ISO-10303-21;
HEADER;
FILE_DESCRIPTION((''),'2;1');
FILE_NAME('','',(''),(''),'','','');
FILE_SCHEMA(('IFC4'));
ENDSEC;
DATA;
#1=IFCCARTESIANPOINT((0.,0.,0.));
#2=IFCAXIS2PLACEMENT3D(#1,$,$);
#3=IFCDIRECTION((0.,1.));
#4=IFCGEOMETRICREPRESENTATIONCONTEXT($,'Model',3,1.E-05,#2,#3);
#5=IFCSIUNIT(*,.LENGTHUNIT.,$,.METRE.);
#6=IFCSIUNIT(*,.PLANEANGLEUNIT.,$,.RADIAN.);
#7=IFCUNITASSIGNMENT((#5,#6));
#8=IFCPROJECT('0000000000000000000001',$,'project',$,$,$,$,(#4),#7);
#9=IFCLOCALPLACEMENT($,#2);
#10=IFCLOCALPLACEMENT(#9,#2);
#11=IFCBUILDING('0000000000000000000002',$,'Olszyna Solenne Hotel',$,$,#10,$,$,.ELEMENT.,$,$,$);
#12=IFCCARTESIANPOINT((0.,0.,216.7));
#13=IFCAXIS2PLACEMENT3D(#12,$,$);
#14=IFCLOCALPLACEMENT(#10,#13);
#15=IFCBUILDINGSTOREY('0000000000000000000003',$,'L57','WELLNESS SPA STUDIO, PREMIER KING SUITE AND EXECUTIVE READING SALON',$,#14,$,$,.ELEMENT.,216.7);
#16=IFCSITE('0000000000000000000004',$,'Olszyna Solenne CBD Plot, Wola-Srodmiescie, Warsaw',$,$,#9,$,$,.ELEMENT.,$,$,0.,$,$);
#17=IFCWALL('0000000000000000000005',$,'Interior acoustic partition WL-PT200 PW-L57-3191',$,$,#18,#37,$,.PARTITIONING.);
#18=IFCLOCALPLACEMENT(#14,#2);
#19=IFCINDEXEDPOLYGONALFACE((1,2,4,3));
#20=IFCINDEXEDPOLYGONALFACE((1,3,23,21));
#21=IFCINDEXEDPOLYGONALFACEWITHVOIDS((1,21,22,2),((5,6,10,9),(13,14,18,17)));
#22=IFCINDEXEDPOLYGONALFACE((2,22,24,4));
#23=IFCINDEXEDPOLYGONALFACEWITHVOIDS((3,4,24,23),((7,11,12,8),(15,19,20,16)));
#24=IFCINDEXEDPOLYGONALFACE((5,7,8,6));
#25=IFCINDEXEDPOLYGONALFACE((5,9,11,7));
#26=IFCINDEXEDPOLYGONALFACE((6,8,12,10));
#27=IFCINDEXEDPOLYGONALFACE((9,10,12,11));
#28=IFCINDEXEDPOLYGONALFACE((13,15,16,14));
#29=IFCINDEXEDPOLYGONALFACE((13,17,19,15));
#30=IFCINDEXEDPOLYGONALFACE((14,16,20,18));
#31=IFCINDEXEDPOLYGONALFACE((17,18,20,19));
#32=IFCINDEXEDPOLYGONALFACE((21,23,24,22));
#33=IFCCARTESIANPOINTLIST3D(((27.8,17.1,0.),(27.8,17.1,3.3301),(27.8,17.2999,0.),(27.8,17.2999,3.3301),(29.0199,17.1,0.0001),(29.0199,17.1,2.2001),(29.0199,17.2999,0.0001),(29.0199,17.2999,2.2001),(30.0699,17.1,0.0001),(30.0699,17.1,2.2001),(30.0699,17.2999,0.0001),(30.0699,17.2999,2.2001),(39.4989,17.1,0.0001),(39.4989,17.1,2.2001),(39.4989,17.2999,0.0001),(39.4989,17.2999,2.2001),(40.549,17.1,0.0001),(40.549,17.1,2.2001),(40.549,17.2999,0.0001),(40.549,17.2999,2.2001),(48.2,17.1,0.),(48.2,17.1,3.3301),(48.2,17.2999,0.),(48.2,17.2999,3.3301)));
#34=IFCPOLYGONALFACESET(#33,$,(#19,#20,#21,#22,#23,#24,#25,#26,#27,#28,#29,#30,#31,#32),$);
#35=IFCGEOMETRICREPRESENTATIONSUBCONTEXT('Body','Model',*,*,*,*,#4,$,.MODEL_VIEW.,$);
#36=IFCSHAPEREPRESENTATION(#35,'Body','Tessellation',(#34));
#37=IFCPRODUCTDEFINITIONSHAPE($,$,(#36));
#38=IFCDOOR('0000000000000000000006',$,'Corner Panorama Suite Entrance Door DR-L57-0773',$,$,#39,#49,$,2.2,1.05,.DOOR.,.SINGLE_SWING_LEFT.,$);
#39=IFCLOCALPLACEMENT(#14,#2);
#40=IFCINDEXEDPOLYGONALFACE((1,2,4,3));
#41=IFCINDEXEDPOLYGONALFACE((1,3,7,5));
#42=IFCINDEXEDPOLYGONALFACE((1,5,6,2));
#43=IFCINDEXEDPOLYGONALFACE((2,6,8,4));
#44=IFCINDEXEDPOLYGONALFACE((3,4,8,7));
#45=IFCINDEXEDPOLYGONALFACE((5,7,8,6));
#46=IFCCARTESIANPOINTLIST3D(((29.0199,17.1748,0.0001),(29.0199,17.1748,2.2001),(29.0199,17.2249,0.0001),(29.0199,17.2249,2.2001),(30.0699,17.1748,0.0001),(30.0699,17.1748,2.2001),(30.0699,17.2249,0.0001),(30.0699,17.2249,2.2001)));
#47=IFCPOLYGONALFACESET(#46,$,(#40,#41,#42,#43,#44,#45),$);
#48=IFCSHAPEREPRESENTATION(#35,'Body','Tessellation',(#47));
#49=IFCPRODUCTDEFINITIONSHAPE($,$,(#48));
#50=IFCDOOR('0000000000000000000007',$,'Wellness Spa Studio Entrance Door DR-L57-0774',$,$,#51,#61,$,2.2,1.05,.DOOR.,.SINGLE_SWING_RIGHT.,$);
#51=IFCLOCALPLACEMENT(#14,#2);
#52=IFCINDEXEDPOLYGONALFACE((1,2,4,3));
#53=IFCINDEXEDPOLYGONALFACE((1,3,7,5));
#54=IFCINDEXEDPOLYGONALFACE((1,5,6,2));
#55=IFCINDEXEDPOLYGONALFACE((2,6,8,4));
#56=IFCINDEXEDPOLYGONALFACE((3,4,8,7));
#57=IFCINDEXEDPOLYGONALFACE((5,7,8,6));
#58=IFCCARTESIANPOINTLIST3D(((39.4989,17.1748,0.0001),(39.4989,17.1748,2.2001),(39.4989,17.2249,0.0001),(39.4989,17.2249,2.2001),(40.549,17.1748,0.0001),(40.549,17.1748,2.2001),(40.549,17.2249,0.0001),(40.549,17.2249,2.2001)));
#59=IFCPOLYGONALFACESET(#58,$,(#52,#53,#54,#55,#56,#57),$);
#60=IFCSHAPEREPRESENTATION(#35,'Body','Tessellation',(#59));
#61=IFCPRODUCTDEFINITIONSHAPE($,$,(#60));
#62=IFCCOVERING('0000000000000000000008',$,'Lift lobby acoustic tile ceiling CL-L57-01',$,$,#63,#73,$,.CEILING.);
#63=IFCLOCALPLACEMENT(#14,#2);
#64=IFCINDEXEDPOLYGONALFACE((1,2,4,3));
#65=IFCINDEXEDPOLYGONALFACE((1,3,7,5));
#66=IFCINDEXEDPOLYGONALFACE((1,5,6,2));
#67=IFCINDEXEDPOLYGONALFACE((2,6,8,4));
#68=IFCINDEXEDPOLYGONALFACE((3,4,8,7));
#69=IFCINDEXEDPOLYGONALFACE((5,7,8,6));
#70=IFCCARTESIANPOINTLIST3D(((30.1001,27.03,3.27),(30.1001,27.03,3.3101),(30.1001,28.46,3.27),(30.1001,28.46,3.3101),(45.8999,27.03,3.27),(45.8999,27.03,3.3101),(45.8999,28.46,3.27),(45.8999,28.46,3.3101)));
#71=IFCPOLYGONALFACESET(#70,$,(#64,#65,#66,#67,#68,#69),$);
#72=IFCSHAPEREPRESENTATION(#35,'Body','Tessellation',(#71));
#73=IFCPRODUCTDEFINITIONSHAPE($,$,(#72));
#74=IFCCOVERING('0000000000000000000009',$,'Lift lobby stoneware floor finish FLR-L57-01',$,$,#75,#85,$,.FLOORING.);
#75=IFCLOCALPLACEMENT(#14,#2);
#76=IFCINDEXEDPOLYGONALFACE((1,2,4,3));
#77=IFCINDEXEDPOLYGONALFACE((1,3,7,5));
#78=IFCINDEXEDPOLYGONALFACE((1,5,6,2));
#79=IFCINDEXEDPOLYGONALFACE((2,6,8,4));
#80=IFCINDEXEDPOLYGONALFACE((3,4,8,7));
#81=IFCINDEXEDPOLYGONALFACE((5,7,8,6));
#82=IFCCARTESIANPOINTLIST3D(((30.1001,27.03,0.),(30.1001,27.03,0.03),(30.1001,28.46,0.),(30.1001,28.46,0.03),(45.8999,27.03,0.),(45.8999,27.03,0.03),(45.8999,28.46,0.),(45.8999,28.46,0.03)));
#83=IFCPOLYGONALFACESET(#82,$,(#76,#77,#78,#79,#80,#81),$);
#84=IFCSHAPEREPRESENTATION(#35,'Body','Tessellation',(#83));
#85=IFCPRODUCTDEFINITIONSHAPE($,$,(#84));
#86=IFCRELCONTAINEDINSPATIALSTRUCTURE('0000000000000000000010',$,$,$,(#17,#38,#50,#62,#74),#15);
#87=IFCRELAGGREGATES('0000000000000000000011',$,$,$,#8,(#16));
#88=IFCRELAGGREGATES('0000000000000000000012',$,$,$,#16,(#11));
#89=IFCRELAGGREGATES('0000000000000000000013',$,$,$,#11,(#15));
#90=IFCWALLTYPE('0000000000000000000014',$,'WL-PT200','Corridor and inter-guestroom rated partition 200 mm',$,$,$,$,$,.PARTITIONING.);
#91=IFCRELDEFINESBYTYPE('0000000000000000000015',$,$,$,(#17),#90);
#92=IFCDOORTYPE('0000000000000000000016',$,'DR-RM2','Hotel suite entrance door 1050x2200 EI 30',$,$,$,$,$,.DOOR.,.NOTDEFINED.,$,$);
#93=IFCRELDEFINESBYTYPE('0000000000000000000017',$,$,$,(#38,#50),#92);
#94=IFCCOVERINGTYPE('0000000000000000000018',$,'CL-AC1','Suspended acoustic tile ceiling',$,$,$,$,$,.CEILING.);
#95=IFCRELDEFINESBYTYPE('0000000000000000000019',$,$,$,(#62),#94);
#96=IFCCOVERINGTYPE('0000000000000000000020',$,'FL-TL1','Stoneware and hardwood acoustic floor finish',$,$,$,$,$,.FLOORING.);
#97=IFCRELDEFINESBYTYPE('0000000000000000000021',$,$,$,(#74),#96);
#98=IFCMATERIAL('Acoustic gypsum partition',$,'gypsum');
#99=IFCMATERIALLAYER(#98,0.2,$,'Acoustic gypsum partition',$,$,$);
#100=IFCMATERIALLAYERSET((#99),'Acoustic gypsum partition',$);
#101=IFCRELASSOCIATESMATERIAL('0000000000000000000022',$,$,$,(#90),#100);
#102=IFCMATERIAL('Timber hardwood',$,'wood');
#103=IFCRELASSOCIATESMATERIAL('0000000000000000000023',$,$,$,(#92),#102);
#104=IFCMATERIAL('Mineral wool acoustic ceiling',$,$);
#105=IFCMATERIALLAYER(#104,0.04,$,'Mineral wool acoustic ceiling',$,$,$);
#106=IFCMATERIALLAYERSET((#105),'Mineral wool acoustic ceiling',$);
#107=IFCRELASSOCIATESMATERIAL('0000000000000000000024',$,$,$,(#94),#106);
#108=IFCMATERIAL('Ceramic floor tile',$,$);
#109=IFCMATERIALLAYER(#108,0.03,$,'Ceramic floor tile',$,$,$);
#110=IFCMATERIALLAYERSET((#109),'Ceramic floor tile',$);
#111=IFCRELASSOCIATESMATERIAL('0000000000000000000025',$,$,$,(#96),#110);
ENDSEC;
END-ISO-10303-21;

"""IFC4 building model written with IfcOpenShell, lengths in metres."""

from ifc_helpers import new_model, si_unit, direction, frame, frame_2d, origin, place, context, subcontext, project, spatial, polyline, rectangle, outline, extrude, source, transform, mapped, material, layer, layer_set, type_object, type_shapes, element, fill, save


model = new_model("IFC4")

# Units and contexts
model_context = context("Model", 3, precision=1e-05, world=origin(), true_north=direction((0.0, 1.0)))
body_context = subcontext(model_context, "Body", "Model", "MODEL_VIEW")
ifc_project = project(units=[si_unit("LENGTHUNIT", "METRE"), si_unit("PLANEANGLEUNIT", "RADIAN")], contexts=[model_context])

# Site, building, storey
site_placement = place(None, origin())
site = spatial("IfcSite", under=ifc_project, at=site_placement, Name="Olszyna Solenne CBD Plot, Wola-Srodmiescie, Warsaw", CompositionType="ELEMENT", RefElevation=0.0)
building_placement = place(site_placement, origin())
building = spatial("IfcBuilding", under=site, at=building_placement, Name="Olszyna Solenne Hotel", CompositionType="ELEMENT")
storey_placement = place(building_placement, frame((0.0, 0.0, 216.7)))
storey = spatial("IfcBuildingStorey", under=building, at=storey_placement, Name="L57", Description="WELLNESS SPA STUDIO, PREMIER KING SUITE AND EXECUTIVE READING SALON", CompositionType="ELEMENT", Elevation=216.7)

# Shared definitions
ifc_material_1 = material(Name="Acoustic gypsum partition", Category="gypsum")
ifc_material_2 = material(Name="Timber hardwood", Category="wood")

# Wall, openings, doors
ifc_layer_1 = layer(ifc_material_1, 0.2, Name="Acoustic gypsum partition")
ifc_layer_set_1 = layer_set([ifc_layer_1], Name="Acoustic gypsum partition")
wall_type_1 = type_object("IfcWallType", Name="WL-PT200", Description="Corridor and inter-guestroom rated partition 200 mm", PredefinedType="PARTITIONING", material=ifc_layer_set_1)
wall_1_placement = place(storey_placement, frame((27.8, 17.2, 0.0), z_axis=(0.0, 0.0, 1.0), x_axis=(1.0, 0.0, 0.0)))
wall_1 = element("IfcWall", 1, at=wall_1_placement, inside=storey, type_object=wall_type_1, Name="Interior acoustic partition WL-PT200 PW-L57-3191", PredefinedType="PARTITIONING", context=body_context, shape_type="SweptSolid", body=[
    extrude(rectangle(XDim=20.3999, YDim=0.2, at=frame_2d((10.2, 0.0))), origin(), (0.0, 0.0, 1.0), 3.3301),
])
opening_1_placement = place(wall_1_placement, frame((1.22, 0.0, 0.0)))
opening_1 = element("IfcOpeningElement", 2, at=opening_1_placement, cuts=wall_1, PredefinedType="OPENING", context=body_context, shape_type="SweptSolid", body=[
    extrude(rectangle(XDim=1.05, YDim=2.2, at=frame_2d((0.5249, 1.1001))), frame((0.0, 0.1099, 0.0), z_axis=(0.0, -1.0, 0.0), x_axis=(1.0, 0.0, 0.0)), (0.0, 0.0, 1.0), 0.22),
])
opening_2_placement = place(wall_1_placement, frame((11.699, 0.0, 0.0)))
opening_2 = element("IfcOpeningElement", 3, at=opening_2_placement, cuts=wall_1, PredefinedType="OPENING", context=body_context, shape_type="SweptSolid", body=[
    extrude(rectangle(XDim=1.05, YDim=2.2, at=frame_2d((0.5249, 1.1001))), frame((0.0, 0.1099, 0.0), z_axis=(0.0, -1.0, 0.0), x_axis=(1.0, 0.0, 0.0)), (0.0, 0.0, 1.0), 0.22),
])
door_type_1 = type_object("IfcDoorType", Name="DR-RM2", Description="Hotel suite entrance door 1050x2200 EI 30", OperationType="NOTDEFINED", PredefinedType="DOOR", material=ifc_material_2)
shared_shape_1 = source(origin(), body_context, "Body", "SweptSolid", [
    extrude(rectangle(XDim=1.05, YDim=2.2, at=frame_2d((0.5249, 1.1001))), frame((0.0, 0.0249, 0.0), z_axis=(0.0, -1.0, 0.0), x_axis=(1.0, 0.0, 0.0)), (0.0, 0.0, 1.0), 0.05),
])
type_shapes(door_type_1, [shared_shape_1])
door_1_placement = place(opening_1_placement, origin())
door_1 = element("IfcDoor", 4, at=door_1_placement, inside=storey, type_object=door_type_1, Name="Corner Panorama Suite Entrance Door DR-L57-0773", OperationType="SINGLE_SWING_LEFT", OverallHeight=2.2, OverallWidth=1.05, PredefinedType="DOOR", context=body_context, shape_type="MappedRepresentation", body=[
    mapped(shared_shape_1, transform((0.0, 0.0, 0.0), x_axis=(1.0, 0.0, 0.0), y_axis=(0.0, 1.0, 0.0), z_axis=(0.0, 0.0, 1.0), scale=1.0)),
])
fill(opening_1, door_1)
door_2_placement = place(opening_2_placement, origin())
door_2 = element("IfcDoor", 5, at=door_2_placement, inside=storey, type_object=door_type_1, Name="Wellness Spa Studio Entrance Door DR-L57-0774", OperationType="SINGLE_SWING_RIGHT", OverallHeight=2.2, OverallWidth=1.05, PredefinedType="DOOR", context=body_context, shape_type="MappedRepresentation", body=[
    mapped(shared_shape_1, transform((0.0, 0.0, 0.0), x_axis=(1.0, 0.0, 0.0), y_axis=(0.0, 1.0, 0.0), z_axis=(0.0, 0.0, 1.0), scale=1.0)),
])
fill(opening_2, door_2)

# Coverings
ifc_material_3 = material(Name="Mineral wool acoustic ceiling")
ifc_layer_2 = layer(ifc_material_3, 0.04, Name="Mineral wool acoustic ceiling")
ifc_layer_set_2 = layer_set([ifc_layer_2], Name="Mineral wool acoustic ceiling")
covering_type_1 = type_object("IfcCoveringType", Name="CL-AC1", Description="Suspended acoustic tile ceiling", PredefinedType="CEILING", material=ifc_layer_set_2)
covering_1_placement = place(storey_placement, frame((0.0, 0.0, 3.27)))
element("IfcCovering", 6, at=covering_1_placement, inside=storey, type_object=covering_type_1, Name="Lift lobby acoustic tile ceiling CL-L57-01", PredefinedType="CEILING", context=body_context, shape_type="SweptSolid", body=[
    extrude(outline(polyline([(30.1001, 27.03), (45.8999, 27.03), (45.8999, 28.46), (30.1001, 28.46), (30.1001, 27.03)])), origin(), (0.0, 0.0, 1.0), 0.04),
])
ifc_material_4 = material(Name="Ceramic floor tile")
ifc_layer_3 = layer(ifc_material_4, 0.03, Name="Ceramic floor tile")
ifc_layer_set_3 = layer_set([ifc_layer_3], Name="Ceramic floor tile")
covering_type_2 = type_object("IfcCoveringType", Name="FL-TL1", Description="Stoneware and hardwood acoustic floor finish", PredefinedType="FLOORING", material=ifc_layer_set_3)
covering_2_placement = place(storey_placement, origin())
element("IfcCovering", 7, at=covering_2_placement, inside=storey, type_object=covering_type_2, Name="Lift lobby stoneware floor finish FLR-L57-01", PredefinedType="FLOORING", context=body_context, shape_type="SweptSolid", body=[
    extrude(outline(polyline([(30.1001, 27.03), (45.8999, 27.03), (45.8999, 28.46), (30.1001, 28.46), (30.1001, 27.03)])), origin(), (0.0, 0.0, 1.0), 0.03),
])

save(model, "model.ifc")
